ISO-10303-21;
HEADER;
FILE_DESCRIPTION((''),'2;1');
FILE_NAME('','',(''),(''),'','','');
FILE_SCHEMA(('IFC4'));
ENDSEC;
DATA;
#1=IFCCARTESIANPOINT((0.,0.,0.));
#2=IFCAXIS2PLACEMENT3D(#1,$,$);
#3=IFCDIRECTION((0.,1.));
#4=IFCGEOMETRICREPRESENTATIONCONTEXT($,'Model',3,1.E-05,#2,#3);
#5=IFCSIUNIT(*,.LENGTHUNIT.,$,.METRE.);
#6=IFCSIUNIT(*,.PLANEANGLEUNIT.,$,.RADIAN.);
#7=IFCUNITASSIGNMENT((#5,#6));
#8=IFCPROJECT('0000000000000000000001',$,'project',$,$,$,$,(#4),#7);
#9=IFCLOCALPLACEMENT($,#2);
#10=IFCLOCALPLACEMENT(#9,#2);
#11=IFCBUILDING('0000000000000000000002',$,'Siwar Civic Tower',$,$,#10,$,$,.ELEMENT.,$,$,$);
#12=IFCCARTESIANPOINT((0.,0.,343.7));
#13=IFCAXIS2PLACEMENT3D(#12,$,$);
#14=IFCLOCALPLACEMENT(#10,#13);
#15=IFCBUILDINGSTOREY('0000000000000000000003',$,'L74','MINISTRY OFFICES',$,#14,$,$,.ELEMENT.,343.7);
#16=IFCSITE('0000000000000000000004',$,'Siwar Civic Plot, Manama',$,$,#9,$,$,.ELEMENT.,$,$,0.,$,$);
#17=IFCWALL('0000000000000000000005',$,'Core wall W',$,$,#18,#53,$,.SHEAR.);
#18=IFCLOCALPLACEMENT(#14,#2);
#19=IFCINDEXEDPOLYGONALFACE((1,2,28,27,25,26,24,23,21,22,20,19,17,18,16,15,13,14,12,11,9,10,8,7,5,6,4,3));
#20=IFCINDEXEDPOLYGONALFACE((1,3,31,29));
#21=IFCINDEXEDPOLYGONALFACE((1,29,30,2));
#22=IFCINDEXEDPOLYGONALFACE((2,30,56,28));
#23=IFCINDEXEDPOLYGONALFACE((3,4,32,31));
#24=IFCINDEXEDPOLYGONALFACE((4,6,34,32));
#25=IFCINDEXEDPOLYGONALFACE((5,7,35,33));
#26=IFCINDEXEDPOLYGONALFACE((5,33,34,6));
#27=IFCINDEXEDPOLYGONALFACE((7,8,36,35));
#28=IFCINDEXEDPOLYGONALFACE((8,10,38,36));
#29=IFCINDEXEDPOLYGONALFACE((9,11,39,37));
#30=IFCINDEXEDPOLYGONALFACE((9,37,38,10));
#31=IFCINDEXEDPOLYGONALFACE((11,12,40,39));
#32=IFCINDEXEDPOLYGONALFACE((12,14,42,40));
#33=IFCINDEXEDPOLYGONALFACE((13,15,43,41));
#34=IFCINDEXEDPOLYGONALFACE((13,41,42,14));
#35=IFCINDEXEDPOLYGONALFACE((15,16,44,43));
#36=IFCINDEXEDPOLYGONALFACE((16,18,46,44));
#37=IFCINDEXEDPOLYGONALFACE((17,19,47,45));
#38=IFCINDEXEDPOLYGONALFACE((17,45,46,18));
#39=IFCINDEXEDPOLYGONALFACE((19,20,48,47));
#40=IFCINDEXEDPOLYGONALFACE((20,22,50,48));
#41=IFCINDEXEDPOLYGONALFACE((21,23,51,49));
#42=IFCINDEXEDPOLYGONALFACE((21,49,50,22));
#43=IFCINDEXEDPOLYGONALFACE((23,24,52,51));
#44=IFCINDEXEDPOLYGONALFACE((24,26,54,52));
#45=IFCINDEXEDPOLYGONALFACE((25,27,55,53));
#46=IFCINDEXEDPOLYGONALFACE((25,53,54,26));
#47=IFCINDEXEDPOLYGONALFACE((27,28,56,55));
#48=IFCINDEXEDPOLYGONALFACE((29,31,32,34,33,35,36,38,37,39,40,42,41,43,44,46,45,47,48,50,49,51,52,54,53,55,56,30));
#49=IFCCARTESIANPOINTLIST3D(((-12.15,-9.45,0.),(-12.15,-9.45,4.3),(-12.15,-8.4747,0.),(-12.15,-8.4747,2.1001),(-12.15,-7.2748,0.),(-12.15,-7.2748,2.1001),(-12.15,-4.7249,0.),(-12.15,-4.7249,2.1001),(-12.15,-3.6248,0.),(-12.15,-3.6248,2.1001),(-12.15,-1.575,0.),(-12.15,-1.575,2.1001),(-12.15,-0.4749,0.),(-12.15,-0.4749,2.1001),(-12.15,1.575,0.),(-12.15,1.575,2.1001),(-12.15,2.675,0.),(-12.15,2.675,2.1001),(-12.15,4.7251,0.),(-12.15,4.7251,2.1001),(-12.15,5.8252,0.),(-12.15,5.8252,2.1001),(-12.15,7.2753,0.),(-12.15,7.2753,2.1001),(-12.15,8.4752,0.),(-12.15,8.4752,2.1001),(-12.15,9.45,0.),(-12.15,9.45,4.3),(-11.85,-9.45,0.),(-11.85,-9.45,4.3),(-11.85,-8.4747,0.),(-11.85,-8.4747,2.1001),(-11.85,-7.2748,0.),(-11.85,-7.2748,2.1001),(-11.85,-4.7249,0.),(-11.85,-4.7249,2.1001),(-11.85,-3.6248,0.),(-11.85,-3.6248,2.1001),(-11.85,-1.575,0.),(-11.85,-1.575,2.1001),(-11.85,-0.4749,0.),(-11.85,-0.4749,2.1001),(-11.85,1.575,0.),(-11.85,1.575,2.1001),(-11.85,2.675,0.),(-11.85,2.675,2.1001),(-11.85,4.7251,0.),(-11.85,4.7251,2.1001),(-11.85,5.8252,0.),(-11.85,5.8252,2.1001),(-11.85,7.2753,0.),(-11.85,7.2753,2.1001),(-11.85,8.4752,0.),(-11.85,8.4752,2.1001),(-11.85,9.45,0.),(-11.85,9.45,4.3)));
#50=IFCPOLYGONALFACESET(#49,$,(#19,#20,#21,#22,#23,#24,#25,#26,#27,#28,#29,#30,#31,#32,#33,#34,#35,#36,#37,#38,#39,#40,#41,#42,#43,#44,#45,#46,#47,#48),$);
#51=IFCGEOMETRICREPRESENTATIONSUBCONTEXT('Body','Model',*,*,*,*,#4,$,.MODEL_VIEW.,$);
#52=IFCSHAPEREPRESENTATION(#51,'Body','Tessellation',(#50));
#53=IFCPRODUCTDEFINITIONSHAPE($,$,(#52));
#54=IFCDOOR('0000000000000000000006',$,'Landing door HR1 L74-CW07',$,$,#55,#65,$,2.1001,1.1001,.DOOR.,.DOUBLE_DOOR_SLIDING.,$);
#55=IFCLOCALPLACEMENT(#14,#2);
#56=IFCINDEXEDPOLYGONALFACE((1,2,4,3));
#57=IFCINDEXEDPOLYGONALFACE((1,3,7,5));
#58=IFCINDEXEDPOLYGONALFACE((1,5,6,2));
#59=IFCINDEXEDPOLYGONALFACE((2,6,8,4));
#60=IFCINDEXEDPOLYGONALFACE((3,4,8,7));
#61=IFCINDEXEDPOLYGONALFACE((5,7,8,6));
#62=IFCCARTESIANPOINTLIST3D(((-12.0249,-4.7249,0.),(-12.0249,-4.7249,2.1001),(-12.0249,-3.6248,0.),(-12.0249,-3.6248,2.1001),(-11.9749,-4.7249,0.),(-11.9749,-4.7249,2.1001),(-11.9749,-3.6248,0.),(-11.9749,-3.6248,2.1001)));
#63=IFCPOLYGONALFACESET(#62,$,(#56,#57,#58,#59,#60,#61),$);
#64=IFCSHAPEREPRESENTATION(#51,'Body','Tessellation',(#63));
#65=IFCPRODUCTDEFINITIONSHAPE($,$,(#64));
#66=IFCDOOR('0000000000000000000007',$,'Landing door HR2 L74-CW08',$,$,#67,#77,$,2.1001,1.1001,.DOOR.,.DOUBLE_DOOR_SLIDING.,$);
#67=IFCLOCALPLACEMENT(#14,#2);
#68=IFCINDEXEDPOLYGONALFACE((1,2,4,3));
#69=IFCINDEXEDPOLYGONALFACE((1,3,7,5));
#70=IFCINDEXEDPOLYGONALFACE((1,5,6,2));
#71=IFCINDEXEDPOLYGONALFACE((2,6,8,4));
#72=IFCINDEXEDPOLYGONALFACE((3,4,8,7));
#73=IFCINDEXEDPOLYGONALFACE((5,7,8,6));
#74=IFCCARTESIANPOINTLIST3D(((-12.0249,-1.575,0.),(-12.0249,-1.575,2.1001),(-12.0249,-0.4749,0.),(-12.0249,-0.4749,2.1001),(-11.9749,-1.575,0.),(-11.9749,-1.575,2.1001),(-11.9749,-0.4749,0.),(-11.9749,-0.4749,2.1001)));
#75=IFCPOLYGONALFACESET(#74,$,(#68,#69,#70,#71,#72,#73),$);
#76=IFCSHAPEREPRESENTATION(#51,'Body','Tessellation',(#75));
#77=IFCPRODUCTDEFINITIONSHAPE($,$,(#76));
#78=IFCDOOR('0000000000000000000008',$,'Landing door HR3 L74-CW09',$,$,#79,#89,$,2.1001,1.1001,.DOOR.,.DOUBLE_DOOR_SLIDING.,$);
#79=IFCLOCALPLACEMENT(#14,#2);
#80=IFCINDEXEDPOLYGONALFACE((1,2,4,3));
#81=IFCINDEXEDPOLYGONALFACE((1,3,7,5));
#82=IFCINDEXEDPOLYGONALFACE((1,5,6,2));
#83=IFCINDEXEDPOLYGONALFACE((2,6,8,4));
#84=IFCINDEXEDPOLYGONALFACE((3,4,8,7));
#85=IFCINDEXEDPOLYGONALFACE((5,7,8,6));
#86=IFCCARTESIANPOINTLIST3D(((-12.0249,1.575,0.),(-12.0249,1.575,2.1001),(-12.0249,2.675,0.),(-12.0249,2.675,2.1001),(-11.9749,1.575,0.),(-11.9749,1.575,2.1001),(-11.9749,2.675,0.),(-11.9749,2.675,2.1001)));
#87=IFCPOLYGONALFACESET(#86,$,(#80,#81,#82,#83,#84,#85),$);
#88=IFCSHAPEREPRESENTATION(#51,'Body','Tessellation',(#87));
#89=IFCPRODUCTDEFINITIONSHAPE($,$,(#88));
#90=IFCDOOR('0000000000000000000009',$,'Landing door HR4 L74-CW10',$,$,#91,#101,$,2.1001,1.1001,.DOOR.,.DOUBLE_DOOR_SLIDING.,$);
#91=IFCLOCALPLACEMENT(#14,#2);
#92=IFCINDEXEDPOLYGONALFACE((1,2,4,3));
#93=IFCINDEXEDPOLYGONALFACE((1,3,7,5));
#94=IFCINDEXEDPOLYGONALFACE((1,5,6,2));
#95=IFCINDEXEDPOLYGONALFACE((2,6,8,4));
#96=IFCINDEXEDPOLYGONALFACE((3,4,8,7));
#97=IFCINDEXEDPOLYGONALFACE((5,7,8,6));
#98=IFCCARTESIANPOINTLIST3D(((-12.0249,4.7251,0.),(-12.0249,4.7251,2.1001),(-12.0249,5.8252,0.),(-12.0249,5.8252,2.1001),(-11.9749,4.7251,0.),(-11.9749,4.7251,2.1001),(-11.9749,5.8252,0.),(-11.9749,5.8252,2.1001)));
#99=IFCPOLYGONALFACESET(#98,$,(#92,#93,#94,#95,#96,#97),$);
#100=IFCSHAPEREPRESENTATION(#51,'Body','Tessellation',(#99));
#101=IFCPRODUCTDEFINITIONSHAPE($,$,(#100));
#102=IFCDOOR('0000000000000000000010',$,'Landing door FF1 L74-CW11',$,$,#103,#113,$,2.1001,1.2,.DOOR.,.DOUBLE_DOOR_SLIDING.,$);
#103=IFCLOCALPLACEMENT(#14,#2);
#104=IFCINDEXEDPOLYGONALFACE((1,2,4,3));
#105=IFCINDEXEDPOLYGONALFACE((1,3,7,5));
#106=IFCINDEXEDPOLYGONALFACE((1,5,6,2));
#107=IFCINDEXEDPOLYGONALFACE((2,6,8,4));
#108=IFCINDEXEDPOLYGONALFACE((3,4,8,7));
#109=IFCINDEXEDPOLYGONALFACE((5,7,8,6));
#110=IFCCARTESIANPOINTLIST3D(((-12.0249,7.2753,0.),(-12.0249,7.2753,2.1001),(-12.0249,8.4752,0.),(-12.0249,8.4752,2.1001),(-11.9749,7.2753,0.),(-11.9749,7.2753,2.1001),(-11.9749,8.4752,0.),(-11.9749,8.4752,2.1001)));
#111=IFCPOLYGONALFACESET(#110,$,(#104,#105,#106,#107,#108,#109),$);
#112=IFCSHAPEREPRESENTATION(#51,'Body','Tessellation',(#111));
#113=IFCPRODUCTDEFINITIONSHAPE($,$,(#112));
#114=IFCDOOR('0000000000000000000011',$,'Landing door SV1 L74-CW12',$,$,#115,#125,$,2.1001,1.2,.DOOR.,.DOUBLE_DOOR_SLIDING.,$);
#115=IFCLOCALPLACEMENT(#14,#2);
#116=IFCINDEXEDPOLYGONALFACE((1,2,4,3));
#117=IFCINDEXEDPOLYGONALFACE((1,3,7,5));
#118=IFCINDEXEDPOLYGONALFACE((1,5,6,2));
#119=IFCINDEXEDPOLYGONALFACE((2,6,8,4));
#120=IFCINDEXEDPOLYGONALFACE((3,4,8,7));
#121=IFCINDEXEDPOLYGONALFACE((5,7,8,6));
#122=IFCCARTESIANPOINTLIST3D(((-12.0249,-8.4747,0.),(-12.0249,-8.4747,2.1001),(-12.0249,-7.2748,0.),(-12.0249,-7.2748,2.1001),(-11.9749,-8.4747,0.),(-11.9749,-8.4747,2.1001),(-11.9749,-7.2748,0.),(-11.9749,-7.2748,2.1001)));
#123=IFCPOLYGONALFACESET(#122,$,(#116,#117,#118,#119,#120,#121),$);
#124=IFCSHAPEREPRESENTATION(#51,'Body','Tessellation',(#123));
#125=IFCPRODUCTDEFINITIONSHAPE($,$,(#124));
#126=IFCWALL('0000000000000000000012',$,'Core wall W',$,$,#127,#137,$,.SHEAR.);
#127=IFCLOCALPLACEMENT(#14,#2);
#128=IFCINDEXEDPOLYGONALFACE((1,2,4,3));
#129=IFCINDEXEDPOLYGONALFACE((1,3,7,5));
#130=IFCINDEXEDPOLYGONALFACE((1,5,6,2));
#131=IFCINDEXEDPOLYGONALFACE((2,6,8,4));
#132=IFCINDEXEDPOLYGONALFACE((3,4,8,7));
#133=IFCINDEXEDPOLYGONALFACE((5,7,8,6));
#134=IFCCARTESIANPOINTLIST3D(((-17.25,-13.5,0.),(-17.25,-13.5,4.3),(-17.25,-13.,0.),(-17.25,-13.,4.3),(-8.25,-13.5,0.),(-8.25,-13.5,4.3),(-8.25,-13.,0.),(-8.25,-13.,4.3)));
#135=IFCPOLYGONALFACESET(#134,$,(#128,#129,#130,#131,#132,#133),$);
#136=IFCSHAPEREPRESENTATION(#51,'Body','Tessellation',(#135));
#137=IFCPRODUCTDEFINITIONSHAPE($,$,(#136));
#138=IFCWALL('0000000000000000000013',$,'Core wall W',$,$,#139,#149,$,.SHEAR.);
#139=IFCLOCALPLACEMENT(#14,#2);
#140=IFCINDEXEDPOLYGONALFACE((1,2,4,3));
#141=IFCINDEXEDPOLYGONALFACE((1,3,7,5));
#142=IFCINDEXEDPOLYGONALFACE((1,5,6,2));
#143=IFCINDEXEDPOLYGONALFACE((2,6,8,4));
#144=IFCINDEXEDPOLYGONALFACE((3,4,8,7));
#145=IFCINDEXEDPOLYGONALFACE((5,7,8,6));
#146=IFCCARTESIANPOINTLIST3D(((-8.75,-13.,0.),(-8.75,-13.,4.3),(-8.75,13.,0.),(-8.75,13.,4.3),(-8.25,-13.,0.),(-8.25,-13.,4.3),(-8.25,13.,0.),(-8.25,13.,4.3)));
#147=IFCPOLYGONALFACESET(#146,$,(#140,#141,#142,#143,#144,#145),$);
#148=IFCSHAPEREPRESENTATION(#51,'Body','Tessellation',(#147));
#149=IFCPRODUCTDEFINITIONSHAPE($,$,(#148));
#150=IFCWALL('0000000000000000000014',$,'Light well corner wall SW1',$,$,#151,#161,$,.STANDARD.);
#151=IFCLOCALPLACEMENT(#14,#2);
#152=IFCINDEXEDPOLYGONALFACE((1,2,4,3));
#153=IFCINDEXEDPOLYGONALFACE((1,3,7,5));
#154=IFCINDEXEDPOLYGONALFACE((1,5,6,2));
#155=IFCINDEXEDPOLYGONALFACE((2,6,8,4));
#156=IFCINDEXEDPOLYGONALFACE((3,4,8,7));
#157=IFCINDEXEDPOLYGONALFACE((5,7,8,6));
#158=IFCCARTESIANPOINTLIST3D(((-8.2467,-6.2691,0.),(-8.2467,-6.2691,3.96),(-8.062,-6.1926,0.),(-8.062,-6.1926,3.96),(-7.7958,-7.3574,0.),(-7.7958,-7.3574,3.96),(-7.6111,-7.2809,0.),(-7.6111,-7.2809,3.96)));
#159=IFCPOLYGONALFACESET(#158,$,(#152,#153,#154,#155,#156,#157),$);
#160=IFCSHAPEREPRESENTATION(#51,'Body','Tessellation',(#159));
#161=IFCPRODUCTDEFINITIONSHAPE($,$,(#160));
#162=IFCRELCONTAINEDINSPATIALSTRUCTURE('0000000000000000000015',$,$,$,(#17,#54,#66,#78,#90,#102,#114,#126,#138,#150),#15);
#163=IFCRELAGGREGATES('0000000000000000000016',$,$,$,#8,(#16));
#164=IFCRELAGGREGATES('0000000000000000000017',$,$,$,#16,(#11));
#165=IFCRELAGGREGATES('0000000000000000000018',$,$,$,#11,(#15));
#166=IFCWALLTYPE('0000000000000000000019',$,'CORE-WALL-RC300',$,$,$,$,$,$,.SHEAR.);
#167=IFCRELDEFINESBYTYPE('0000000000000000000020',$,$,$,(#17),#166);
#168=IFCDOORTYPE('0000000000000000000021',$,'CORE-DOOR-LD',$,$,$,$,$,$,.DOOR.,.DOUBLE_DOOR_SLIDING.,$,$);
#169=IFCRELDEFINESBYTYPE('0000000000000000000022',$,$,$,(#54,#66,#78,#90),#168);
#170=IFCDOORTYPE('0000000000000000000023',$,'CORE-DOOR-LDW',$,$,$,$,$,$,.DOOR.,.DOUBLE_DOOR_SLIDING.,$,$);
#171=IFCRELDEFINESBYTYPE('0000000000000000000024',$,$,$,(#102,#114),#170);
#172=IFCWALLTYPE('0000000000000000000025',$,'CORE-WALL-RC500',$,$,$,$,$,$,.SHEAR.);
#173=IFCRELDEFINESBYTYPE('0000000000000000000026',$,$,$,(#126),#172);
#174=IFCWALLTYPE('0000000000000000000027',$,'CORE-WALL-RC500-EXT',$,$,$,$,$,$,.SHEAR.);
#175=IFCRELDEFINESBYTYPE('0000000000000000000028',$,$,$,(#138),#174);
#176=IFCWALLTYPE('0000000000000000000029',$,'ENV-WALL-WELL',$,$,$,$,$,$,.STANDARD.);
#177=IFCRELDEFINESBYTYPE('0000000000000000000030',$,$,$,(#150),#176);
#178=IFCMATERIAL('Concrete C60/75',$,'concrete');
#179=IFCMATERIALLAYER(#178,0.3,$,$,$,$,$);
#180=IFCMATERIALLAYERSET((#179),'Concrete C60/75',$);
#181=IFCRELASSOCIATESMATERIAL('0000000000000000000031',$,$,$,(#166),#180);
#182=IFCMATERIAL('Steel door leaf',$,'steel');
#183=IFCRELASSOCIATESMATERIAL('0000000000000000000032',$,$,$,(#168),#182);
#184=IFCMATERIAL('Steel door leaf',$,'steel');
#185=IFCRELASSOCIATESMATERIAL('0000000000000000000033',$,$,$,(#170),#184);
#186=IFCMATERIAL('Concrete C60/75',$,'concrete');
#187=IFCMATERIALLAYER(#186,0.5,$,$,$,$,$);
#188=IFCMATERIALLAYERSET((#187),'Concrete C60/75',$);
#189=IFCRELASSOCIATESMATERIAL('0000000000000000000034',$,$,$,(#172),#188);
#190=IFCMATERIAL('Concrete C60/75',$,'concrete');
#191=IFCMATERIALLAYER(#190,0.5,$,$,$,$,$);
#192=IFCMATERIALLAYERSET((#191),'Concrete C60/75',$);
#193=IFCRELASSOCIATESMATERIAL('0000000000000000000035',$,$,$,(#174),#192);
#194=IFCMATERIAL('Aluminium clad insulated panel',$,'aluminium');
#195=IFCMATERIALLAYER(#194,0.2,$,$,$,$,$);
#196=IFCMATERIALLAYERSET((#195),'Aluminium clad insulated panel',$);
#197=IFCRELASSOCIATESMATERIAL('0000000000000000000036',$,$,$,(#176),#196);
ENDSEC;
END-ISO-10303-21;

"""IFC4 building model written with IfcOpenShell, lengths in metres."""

from ifc_helpers import new_model, si_unit, direction, frame, frame_2d, origin, place, context, subcontext, project, spatial, rectangle, extrude, material, layer, layer_set, type_object, element, fill, save


model = new_model("IFC4")

# Units and contexts
model_context = context("Model", 3, precision=1e-05, world=origin(), true_north=direction((0.0, 1.0)))
body_context = subcontext(model_context, "Body", "Model", "MODEL_VIEW")
ifc_project = project(units=[si_unit("LENGTHUNIT", "METRE"), si_unit("PLANEANGLEUNIT", "RADIAN")], contexts=[model_context])

# Site, building, storey
site_placement = place(None, origin())
site = spatial("IfcSite", under=ifc_project, at=site_placement, Name="Siwar Civic Plot, Manama", CompositionType="ELEMENT", RefElevation=0.0)
building_placement = place(site_placement, origin())
building = spatial("IfcBuilding", under=site, at=building_placement, Name="Siwar Civic Tower", CompositionType="ELEMENT")
storey_placement = place(building_placement, frame((0.0, 0.0, 343.7)))
storey = spatial("IfcBuildingStorey", under=building, at=storey_placement, Name="L74", Description="MINISTRY OFFICES", CompositionType="ELEMENT", Elevation=343.7)

# Wall, openings, doors
ifc_material_1 = material(Name="Concrete C60/75", Category="concrete")
ifc_layer_1 = layer(ifc_material_1, 0.3)
ifc_layer_set_1 = layer_set([ifc_layer_1], Name="Concrete C60/75")
wall_type_1 = type_object("IfcWallType", Name="CORE-WALL-RC300", PredefinedType="SHEAR", material=ifc_layer_set_1)
wall_1_placement = place(storey_placement, frame((-12.0, -9.45, 0.0), z_axis=(0.0, 0.0, 1.0), x_axis=(0.0, 1.0, 0.0)))
wall_1 = element("IfcWall", 1, at=wall_1_placement, inside=storey, type_object=wall_type_1, Name="Core wall W", PredefinedType="SHEAR", context=body_context, shape_type="SweptSolid", body=[
    extrude(rectangle(XDim=18.8999, YDim=0.3, at=frame_2d((9.45, 0.0))), origin(), (0.0, 0.0, 1.0), 4.3),
])
opening_1_placement = place(wall_1_placement, frame((4.7251, 0.0, 0.0)))
opening_1 = element("IfcOpeningElement", 2, at=opening_1_placement, cuts=wall_1, PredefinedType="OPENING", context=body_context, shape_type="SweptSolid", body=[
    extrude(rectangle(XDim=1.1001, YDim=2.1001, at=frame_2d((0.55, 1.05))), frame((0.0, 0.1602, 0.0), z_axis=(0.0, -1.0, 0.0), x_axis=(1.0, 0.0, 0.0)), (0.0, 0.0, 1.0), 0.3201),
])
opening_2_placement = place(wall_1_placement, frame((7.875, 0.0, 0.0)))
opening_2 = element("IfcOpeningElement", 3, at=opening_2_placement, cuts=wall_1, PredefinedType="OPENING", context=body_context, shape_type="SweptSolid", body=[
    extrude(rectangle(XDim=1.1001, YDim=2.1001, at=frame_2d((0.55, 1.05))), frame((0.0, 0.1602, 0.0), z_axis=(0.0, -1.0, 0.0), x_axis=(1.0, 0.0, 0.0)), (0.0, 0.0, 1.0), 0.3201),
])
opening_3_placement = place(wall_1_placement, frame((11.0249, 0.0, 0.0)))
opening_3 = element("IfcOpeningElement", 4, at=opening_3_placement, cuts=wall_1, PredefinedType="OPENING", context=body_context, shape_type="SweptSolid", body=[
    extrude(rectangle(XDim=1.1001, YDim=2.1001, at=frame_2d((0.55, 1.05))), frame((0.0, 0.1602, 0.0), z_axis=(0.0, -1.0, 0.0), x_axis=(1.0, 0.0, 0.0)), (0.0, 0.0, 1.0), 0.3201),
])
opening_4_placement = place(wall_1_placement, frame((14.175, 0.0, 0.0)))
opening_4 = element("IfcOpeningElement", 5, at=opening_4_placement, cuts=wall_1, PredefinedType="OPENING", context=body_context, shape_type="SweptSolid", body=[
    extrude(rectangle(XDim=1.1001, YDim=2.1001, at=frame_2d((0.55, 1.05))), frame((0.0, 0.1602, 0.0), z_axis=(0.0, -1.0, 0.0), x_axis=(1.0, 0.0, 0.0)), (0.0, 0.0, 1.0), 0.3201),
])
opening_5_placement = place(wall_1_placement, frame((16.7251, 0.0, 0.0)))
opening_5 = element("IfcOpeningElement", 6, at=opening_5_placement, cuts=wall_1, PredefinedType="OPENING", context=body_context, shape_type="SweptSolid", body=[
    extrude(rectangle(XDim=1.2, YDim=2.1001, at=frame_2d((0.6001, 1.05))), frame((0.0, 0.1602, 0.0), z_axis=(0.0, -1.0, 0.0), x_axis=(1.0, 0.0, 0.0)), (0.0, 0.0, 1.0), 0.3201),
])
opening_6_placement = place(wall_1_placement, frame((0.9751, 0.0, 0.0)))
opening_6 = element("IfcOpeningElement", 7, at=opening_6_placement, cuts=wall_1, PredefinedType="OPENING", context=body_context, shape_type="SweptSolid", body=[
    extrude(rectangle(XDim=1.2, YDim=2.1001, at=frame_2d((0.6001, 1.05))), frame((0.0, 0.1602, 0.0), z_axis=(0.0, -1.0, 0.0), x_axis=(1.0, 0.0, 0.0)), (0.0, 0.0, 1.0), 0.3201),
])
ifc_material_2 = material(Name="Steel door leaf", Category="steel")
door_type_1 = type_object("IfcDoorType", Name="CORE-DOOR-LD", OperationType="DOUBLE_DOOR_SLIDING", PredefinedType="DOOR", material=ifc_material_2)
door_1_placement = place(opening_1_placement, origin())
door_1 = element("IfcDoor", 8, at=door_1_placement, inside=storey, type_object=door_type_1, Name="Landing door HR1 L74-CW07", OperationType="DOUBLE_DOOR_SLIDING", OverallHeight=2.1001, OverallWidth=1.1001, PredefinedType="DOOR", context=body_context, shape_type="SweptSolid", body=[
    extrude(rectangle(XDim=1.1001, YDim=2.1001, at=frame_2d((0.55, 1.05))), frame((0.0, 0.0249, 0.0), z_axis=(0.0, -1.0, 0.0), x_axis=(1.0, 0.0, 0.0)), (0.0, 0.0, 1.0), 0.05),
])
fill(opening_1, door_1)
door_2_placement = place(opening_2_placement, origin())
door_2 = element("IfcDoor", 9, at=door_2_placement, inside=storey, type_object=door_type_1, Name="Landing door HR2 L74-CW08", OperationType="DOUBLE_DOOR_SLIDING", OverallHeight=2.1001, OverallWidth=1.1001, PredefinedType="DOOR", context=body_context, shape_type="SweptSolid", body=[
    extrude(rectangle(XDim=1.1001, YDim=2.1001, at=frame_2d((0.55, 1.05))), frame((0.0, 0.0249, 0.0), z_axis=(0.0, -1.0, 0.0), x_axis=(1.0, 0.0, 0.0)), (0.0, 0.0, 1.0), 0.05),
])
fill(opening_2, door_2)
door_3_placement = place(opening_3_placement, origin())
door_3 = element("IfcDoor", 10, at=door_3_placement, inside=storey, type_object=door_type_1, Name="Landing door HR3 L74-CW09", OperationType="DOUBLE_DOOR_SLIDING", OverallHeight=2.1001, OverallWidth=1.1001, PredefinedType="DOOR", context=body_context, shape_type="SweptSolid", body=[
    extrude(rectangle(XDim=1.1001, YDim=2.1001, at=frame_2d((0.55, 1.05))), frame((0.0, 0.0249, 0.0), z_axis=(0.0, -1.0, 0.0), x_axis=(1.0, 0.0, 0.0)), (0.0, 0.0, 1.0), 0.05),
])
fill(opening_3, door_3)
door_4_placement = place(opening_4_placement, origin())
door_4 = element("IfcDoor", 11, at=door_4_placement, inside=storey, type_object=door_type_1, Name="Landing door HR4 L74-CW10", OperationType="DOUBLE_DOOR_SLIDING", OverallHeight=2.1001, OverallWidth=1.1001, PredefinedType="DOOR", context=body_context, shape_type="SweptSolid", body=[
    extrude(rectangle(XDim=1.1001, YDim=2.1001, at=frame_2d((0.55, 1.05))), frame((0.0, 0.0249, 0.0), z_axis=(0.0, -1.0, 0.0), x_axis=(1.0, 0.0, 0.0)), (0.0, 0.0, 1.0), 0.05),
])
fill(opening_4, door_4)
ifc_material_3 = material(Name="Steel door leaf", Category="steel")
door_type_2 = type_object("IfcDoorType", Name="CORE-DOOR-LDW", OperationType="DOUBLE_DOOR_SLIDING", PredefinedType="DOOR", material=ifc_material_3)
door_5_placement = place(opening_5_placement, origin())
door_5 = element("IfcDoor", 12, at=door_5_placement, inside=storey, type_object=door_type_2, Name="Landing door FF1 L74-CW11", OperationType="DOUBLE_DOOR_SLIDING", OverallHeight=2.1001, OverallWidth=1.2, PredefinedType="DOOR", context=body_context, shape_type="SweptSolid", body=[
    extrude(rectangle(XDim=1.2, YDim=2.1001, at=frame_2d((0.6001, 1.05))), frame((0.0, 0.0249, 0.0), z_axis=(0.0, -1.0, 0.0), x_axis=(1.0, 0.0, 0.0)), (0.0, 0.0, 1.0), 0.05),
])
fill(opening_5, door_5)
door_6_placement = place(opening_6_placement, origin())
door_6 = element("IfcDoor", 13, at=door_6_placement, inside=storey, type_object=door_type_2, Name="Landing door SV1 L74-CW12", OperationType="DOUBLE_DOOR_SLIDING", OverallHeight=2.1001, OverallWidth=1.2, PredefinedType="DOOR", context=body_context, shape_type="SweptSolid", body=[
    extrude(rectangle(XDim=1.2, YDim=2.1001, at=frame_2d((0.6001, 1.05))), frame((0.0, 0.0249, 0.0), z_axis=(0.0, -1.0, 0.0), x_axis=(1.0, 0.0, 0.0)), (0.0, 0.0, 1.0), 0.05),
])
fill(opening_6, door_6)

# Walls
ifc_material_4 = material(Name="Concrete C60/75", Category="concrete")
ifc_layer_2 = layer(ifc_material_4, 0.5)
ifc_layer_set_2 = layer_set([ifc_layer_2], Name="Concrete C60/75")
wall_type_2 = type_object("IfcWallType", Name="CORE-WALL-RC500", PredefinedType="SHEAR", material=ifc_layer_set_2)
wall_2_placement = place(storey_placement, frame((-8.25, -13.25, 0.0), z_axis=(0.0, 0.0, 1.0), x_axis=(-1.0, 0.0, 0.0)))
element("IfcWall", 14, at=wall_2_placement, inside=storey, type_object=wall_type_2, Name="Core wall W", PredefinedType="SHEAR", context=body_context, shape_type="SweptSolid", body=[
    extrude(rectangle(XDim=9.0, YDim=0.5, at=frame_2d((4.5, 0.0))), origin(), (0.0, 0.0, 1.0), 4.3),
])
ifc_material_5 = material(Name="Concrete C60/75", Category="concrete")
ifc_layer_3 = layer(ifc_material_5, 0.5)
ifc_layer_set_3 = layer_set([ifc_layer_3], Name="Concrete C60/75")
wall_type_3 = type_object("IfcWallType", Name="CORE-WALL-RC500-EXT", PredefinedType="SHEAR", material=ifc_layer_set_3)
wall_3_placement = place(storey_placement, frame((-8.5, -13.0, 0.0), z_axis=(0.0, 0.0, 1.0), x_axis=(0.0, 1.0, 0.0)))
element("IfcWall", 15, at=wall_3_placement, inside=storey, type_object=wall_type_3, Name="Core wall W", PredefinedType="SHEAR", context=body_context, shape_type="SweptSolid", body=[
    extrude(rectangle(XDim=26.0, YDim=0.5, at=frame_2d((13.0, 0.0))), origin(), (0.0, 0.0, 1.0), 4.3),
])
ifc_material_6 = material(Name="Aluminium clad insulated panel", Category="aluminium")
ifc_layer_4 = layer(ifc_material_6, 0.2)
ifc_layer_set_4 = layer_set([ifc_layer_4], Name="Aluminium clad insulated panel")
wall_type_4 = type_object("IfcWallType", Name="ENV-WALL-WELL", PredefinedType="STANDARD", material=ifc_layer_set_4)
wall_4_placement = place(storey_placement, frame((-8.1543, -6.231, 0.0), z_axis=(0.0, 0.0, 1.0), x_axis=(0.382761, -0.923848, 0.0)))
element("IfcWall", 16, at=wall_4_placement, inside=storey, type_object=wall_type_4, Name="Light well corner wall SW1", PredefinedType="STANDARD", context=body_context, shape_type="SweptSolid", body=[
    extrude(rectangle(XDim=1.178, YDim=0.2, at=frame_2d((0.5889, 0.0))), origin(), (0.0, 0.0, 1.0), 3.96),
])

save(model, "model.ifc")
